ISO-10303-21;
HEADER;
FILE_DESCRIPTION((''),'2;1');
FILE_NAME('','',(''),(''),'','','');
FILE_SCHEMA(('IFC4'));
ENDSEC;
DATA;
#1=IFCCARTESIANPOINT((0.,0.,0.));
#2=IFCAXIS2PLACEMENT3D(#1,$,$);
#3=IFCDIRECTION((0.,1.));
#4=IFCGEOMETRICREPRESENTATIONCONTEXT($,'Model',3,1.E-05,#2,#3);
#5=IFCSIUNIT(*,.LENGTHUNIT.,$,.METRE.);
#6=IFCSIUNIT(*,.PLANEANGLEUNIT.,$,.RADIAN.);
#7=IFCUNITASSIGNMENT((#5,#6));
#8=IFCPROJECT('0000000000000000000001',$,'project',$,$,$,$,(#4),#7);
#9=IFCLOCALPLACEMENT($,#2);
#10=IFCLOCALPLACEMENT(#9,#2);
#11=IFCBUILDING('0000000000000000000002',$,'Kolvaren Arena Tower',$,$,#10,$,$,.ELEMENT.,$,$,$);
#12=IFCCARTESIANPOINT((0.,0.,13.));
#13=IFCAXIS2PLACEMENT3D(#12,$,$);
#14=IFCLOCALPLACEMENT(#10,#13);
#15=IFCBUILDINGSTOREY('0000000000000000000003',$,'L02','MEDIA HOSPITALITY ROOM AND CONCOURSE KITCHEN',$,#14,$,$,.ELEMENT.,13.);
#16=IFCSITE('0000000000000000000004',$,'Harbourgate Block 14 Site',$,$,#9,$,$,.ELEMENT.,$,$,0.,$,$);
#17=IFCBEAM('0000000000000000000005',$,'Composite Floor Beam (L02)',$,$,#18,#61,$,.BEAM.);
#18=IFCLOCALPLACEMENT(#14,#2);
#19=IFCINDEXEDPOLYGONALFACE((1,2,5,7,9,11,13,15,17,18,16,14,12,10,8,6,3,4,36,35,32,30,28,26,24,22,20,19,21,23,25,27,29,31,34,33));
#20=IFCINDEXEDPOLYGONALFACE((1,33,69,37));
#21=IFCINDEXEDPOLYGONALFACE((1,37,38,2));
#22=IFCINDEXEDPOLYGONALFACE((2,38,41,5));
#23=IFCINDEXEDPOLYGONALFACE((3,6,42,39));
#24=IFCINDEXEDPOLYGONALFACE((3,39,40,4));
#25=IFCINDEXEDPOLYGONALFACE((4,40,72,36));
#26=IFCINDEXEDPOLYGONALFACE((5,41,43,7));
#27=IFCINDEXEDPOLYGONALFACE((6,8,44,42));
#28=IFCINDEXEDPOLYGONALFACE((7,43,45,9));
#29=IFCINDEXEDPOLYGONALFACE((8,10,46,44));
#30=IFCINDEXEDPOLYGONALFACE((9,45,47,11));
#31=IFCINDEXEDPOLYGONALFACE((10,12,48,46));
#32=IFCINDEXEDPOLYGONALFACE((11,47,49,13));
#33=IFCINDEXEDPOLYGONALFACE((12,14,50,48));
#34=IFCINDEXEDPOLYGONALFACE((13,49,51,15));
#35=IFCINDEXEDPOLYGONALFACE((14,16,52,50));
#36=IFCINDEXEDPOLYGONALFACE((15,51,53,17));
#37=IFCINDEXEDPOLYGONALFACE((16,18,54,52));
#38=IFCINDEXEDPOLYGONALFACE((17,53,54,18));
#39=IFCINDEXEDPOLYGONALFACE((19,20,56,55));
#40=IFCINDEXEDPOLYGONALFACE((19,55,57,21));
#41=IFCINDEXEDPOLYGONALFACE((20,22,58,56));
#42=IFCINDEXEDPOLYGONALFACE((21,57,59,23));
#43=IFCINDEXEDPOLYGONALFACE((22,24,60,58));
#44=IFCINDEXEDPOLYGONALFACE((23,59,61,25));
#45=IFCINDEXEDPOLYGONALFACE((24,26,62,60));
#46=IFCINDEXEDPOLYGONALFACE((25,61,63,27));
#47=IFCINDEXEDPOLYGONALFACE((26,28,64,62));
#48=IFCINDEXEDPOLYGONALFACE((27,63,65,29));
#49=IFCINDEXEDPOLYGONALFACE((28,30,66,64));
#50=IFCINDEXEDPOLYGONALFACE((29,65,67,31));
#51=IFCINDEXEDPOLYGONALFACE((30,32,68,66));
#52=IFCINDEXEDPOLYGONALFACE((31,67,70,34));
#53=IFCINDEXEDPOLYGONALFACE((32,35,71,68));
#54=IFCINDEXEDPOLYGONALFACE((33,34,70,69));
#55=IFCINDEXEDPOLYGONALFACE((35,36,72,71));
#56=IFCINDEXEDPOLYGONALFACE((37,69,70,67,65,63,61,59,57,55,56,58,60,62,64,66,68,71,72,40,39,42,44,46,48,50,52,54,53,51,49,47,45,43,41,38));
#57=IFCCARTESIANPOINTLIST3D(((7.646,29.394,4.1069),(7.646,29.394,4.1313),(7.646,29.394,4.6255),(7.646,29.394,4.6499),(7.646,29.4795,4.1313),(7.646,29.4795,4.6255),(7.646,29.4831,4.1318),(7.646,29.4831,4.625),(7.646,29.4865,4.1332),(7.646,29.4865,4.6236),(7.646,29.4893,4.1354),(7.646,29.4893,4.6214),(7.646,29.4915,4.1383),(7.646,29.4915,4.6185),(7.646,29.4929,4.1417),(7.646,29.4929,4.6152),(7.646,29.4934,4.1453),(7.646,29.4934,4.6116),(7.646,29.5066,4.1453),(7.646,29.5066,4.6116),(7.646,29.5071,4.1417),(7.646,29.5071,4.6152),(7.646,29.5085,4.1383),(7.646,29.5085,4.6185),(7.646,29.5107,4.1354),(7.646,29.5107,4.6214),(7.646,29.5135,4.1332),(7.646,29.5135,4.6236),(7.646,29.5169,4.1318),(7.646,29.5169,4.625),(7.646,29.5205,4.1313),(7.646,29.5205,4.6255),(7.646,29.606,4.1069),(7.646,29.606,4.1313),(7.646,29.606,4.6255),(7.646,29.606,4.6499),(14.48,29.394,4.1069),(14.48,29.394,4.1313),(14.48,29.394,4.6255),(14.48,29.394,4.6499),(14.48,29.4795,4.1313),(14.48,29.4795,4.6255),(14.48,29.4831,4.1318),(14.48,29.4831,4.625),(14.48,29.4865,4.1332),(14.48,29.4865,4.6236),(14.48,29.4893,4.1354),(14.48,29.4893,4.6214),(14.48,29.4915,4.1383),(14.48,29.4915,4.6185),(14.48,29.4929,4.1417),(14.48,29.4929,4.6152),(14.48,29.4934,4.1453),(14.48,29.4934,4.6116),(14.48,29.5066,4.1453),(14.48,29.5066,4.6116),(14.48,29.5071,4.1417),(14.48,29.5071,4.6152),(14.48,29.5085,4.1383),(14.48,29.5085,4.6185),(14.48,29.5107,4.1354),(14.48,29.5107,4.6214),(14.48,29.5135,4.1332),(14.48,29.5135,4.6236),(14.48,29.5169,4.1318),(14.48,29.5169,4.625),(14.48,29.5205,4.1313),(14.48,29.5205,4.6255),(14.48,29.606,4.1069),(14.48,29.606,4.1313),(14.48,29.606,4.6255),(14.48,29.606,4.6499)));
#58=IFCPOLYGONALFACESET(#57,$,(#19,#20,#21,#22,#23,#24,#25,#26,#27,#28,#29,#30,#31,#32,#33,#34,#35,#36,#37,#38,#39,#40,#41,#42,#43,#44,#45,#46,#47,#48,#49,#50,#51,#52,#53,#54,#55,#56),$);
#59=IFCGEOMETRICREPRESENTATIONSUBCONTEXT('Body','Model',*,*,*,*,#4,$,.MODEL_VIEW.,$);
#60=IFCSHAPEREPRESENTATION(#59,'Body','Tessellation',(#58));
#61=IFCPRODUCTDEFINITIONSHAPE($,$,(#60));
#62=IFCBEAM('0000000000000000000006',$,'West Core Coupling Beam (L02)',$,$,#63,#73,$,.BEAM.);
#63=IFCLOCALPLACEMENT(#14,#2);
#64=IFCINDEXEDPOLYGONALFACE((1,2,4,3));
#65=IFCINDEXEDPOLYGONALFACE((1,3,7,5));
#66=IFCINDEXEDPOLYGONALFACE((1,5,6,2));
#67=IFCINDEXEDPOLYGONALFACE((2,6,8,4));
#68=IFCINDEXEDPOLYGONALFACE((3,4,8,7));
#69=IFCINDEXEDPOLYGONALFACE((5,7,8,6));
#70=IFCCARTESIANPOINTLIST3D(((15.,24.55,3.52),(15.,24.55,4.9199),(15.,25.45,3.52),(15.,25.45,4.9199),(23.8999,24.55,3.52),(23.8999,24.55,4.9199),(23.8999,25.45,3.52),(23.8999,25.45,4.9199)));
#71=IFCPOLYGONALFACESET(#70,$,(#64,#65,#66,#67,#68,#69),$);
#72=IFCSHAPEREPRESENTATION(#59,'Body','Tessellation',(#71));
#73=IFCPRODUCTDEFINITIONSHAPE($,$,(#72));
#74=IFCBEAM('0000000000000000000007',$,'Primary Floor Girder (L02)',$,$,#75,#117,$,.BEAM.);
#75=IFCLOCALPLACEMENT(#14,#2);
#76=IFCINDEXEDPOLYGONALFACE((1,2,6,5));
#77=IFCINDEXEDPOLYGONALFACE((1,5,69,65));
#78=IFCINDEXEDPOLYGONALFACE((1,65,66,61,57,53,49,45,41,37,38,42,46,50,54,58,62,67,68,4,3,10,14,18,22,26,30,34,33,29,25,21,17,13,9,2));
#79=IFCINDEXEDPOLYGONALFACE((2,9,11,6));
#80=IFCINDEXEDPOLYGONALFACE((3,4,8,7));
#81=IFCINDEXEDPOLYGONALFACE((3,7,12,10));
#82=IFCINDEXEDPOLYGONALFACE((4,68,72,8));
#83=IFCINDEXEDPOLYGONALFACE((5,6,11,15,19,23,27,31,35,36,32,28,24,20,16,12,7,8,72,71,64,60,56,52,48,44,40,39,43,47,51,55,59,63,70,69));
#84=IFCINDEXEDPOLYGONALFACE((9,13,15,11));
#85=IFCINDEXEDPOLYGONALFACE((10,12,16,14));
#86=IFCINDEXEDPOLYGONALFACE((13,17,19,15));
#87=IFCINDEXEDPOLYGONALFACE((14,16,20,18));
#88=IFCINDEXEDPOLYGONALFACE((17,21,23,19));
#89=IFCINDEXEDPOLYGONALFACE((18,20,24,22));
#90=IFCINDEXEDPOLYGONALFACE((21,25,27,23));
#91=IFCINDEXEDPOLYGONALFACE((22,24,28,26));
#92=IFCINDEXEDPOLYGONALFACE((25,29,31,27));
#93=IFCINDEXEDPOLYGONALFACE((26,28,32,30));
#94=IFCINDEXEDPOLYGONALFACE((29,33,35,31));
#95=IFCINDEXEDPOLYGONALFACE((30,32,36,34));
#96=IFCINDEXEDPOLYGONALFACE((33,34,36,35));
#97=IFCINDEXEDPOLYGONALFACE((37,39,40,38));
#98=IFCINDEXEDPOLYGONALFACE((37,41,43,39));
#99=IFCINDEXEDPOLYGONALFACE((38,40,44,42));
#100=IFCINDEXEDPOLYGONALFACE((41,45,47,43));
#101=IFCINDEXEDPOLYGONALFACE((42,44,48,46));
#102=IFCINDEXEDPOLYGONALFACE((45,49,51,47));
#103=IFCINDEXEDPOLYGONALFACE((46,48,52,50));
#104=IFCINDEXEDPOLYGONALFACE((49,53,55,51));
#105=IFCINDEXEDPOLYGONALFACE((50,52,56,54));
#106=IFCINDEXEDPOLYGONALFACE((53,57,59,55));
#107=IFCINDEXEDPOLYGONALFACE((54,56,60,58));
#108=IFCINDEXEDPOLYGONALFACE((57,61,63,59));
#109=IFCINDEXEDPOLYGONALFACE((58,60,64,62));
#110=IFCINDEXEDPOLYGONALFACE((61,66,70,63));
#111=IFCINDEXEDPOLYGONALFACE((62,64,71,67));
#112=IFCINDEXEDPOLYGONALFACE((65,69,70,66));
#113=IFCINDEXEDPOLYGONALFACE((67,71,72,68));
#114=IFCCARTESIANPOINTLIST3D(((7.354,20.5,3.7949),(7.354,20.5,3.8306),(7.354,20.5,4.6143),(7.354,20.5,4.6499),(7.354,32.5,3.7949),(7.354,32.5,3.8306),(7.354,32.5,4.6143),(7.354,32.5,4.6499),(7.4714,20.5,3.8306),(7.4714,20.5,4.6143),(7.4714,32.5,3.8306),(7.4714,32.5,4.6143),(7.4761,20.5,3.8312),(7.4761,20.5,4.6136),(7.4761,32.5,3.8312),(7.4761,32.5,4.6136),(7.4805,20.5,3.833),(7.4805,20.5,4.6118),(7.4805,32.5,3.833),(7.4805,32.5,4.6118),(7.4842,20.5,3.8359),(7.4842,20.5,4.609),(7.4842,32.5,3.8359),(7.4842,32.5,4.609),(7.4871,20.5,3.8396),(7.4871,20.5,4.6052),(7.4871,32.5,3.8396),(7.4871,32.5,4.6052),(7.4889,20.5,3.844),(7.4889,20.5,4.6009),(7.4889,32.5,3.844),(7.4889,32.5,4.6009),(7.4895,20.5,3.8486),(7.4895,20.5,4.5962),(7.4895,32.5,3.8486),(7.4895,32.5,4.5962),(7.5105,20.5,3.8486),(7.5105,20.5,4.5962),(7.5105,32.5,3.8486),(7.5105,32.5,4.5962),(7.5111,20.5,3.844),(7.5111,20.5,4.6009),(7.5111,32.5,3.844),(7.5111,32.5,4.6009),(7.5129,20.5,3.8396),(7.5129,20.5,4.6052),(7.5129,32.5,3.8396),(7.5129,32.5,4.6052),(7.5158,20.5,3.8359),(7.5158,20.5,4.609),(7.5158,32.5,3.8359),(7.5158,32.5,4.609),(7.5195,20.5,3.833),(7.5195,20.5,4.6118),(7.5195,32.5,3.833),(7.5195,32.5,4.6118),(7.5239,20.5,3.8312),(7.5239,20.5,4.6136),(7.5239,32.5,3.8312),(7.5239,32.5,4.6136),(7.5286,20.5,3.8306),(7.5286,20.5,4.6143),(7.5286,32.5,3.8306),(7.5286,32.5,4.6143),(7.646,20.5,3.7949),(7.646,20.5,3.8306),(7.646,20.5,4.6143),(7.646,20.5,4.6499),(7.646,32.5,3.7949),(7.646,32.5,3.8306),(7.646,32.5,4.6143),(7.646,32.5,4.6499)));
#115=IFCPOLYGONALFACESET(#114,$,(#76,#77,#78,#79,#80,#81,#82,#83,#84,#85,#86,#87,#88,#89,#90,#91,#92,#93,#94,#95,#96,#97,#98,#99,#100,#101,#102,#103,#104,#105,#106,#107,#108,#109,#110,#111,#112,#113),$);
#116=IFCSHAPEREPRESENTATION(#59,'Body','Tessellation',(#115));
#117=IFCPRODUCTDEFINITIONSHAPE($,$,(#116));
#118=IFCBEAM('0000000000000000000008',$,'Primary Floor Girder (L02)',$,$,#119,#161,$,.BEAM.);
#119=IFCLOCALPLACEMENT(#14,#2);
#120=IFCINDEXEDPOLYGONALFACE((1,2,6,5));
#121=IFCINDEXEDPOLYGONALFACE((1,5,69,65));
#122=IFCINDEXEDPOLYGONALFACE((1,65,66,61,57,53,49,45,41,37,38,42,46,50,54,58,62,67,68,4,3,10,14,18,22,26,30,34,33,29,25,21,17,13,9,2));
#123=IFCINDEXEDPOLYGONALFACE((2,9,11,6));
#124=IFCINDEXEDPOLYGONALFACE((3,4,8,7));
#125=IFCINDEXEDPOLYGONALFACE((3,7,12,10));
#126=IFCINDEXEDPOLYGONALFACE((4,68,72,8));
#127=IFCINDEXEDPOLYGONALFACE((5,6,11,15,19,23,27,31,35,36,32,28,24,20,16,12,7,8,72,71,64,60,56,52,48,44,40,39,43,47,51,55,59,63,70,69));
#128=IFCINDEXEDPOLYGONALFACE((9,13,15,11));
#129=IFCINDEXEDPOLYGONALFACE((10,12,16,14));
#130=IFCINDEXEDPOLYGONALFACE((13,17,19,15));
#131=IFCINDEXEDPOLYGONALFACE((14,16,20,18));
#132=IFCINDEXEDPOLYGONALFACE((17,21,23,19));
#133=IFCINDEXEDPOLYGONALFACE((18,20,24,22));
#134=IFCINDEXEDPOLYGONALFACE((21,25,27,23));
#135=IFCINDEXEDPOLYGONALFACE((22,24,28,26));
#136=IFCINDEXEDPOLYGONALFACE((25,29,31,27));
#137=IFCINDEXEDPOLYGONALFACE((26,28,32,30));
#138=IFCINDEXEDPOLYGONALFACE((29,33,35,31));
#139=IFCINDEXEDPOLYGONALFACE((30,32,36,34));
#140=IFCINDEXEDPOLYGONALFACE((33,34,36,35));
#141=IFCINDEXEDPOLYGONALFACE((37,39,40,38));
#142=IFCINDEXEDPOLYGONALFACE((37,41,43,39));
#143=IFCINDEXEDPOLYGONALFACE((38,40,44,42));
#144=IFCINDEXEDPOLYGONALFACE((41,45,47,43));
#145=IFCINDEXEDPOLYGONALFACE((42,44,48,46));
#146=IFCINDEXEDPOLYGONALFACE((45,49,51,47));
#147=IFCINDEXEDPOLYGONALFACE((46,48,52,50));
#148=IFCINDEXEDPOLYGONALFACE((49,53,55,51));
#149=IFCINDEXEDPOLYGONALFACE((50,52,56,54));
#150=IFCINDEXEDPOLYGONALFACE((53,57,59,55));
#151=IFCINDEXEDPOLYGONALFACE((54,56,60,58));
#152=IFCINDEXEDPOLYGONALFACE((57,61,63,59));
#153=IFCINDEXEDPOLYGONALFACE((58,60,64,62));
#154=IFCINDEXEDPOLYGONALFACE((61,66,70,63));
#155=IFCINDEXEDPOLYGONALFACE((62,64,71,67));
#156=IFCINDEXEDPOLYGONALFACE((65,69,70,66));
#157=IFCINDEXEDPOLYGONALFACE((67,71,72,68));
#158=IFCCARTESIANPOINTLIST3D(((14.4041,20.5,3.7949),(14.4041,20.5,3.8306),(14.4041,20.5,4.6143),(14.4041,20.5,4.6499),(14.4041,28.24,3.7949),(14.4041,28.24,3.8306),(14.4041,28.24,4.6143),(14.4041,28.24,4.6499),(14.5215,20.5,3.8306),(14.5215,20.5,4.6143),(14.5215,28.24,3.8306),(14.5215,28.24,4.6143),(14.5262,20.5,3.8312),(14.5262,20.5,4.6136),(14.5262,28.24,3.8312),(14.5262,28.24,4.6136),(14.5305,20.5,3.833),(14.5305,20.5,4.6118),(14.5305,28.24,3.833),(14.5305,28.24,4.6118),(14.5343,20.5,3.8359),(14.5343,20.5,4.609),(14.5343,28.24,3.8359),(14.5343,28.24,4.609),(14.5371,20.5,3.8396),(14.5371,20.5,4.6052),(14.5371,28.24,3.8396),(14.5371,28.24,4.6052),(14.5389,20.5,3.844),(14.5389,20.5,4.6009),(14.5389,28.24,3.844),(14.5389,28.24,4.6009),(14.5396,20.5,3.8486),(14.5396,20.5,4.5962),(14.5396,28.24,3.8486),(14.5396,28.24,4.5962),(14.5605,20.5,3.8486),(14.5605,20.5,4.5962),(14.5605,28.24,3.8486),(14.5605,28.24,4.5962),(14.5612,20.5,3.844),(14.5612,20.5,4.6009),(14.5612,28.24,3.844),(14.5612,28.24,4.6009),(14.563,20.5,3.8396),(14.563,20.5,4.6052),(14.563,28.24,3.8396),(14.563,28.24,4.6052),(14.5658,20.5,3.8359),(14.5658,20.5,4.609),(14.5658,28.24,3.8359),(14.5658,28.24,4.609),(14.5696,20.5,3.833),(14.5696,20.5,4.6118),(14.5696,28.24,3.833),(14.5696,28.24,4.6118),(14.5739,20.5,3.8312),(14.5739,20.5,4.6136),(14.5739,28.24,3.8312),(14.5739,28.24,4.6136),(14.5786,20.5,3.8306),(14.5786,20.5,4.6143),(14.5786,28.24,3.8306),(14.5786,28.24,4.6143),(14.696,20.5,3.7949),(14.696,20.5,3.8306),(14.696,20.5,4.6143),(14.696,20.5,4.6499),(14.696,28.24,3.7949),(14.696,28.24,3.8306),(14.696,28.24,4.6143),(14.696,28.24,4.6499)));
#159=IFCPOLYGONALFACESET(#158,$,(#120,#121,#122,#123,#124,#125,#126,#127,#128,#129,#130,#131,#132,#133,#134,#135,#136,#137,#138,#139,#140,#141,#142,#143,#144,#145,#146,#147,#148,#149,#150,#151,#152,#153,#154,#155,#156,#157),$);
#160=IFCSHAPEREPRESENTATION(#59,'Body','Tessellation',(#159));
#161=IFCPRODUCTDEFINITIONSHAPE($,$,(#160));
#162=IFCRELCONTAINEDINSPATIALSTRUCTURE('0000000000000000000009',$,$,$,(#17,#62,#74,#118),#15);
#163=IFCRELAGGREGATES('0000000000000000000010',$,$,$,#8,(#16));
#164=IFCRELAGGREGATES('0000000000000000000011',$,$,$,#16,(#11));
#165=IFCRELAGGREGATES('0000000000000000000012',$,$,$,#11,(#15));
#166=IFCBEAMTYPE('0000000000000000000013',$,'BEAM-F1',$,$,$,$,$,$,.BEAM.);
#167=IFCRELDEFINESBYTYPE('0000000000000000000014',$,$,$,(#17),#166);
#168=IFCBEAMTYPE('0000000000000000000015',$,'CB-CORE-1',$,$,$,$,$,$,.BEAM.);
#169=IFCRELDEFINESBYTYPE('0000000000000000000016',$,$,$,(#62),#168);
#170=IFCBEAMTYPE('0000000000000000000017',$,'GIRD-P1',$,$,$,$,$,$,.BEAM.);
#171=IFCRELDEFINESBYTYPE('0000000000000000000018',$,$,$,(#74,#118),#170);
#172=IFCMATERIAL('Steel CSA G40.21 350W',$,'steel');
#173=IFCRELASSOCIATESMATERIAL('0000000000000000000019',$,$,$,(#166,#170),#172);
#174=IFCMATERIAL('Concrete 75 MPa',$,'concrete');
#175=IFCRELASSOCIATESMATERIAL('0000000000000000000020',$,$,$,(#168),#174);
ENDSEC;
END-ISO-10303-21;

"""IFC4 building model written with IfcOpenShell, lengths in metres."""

from ifc_helpers import new_model, si_unit, direction, frame, origin, origin_2d, place, context, subcontext, project, spatial, rectangle, i_section, extrude, material, material_profile, profile_set, type_object, element, save


model = new_model("IFC4")

# Units and contexts
model_context = context("Model", 3, precision=1e-05, world=origin(), true_north=direction((0.0, 1.0)))
body_context = subcontext(model_context, "Body", "Model", "MODEL_VIEW")
ifc_project = project(units=[si_unit("LENGTHUNIT", "METRE"), si_unit("PLANEANGLEUNIT", "RADIAN")], contexts=[model_context])

# Site, building, storey
site_placement = place(None, origin())
site = spatial("IfcSite", under=ifc_project, at=site_placement, Name="Harbourgate Block 14 Site", CompositionType="ELEMENT", RefElevation=0.0)
building_placement = place(site_placement, origin())
building = spatial("IfcBuilding", under=site, at=building_placement, Name="Kolvaren Arena Tower", CompositionType="ELEMENT")
storey_placement = place(building_placement, frame((0.0, 0.0, 13.0)))
storey = spatial("IfcBuildingStorey", under=building, at=storey_placement, Name="L02", Description="MEDIA HOSPITALITY ROOM AND CONCOURSE KITCHEN", CompositionType="ELEMENT", Elevation=13.0)

# Beams
ifc_material_1 = material(Name="Steel CSA G40.21 350W", Category="steel")
ifc_material_profile_1 = material_profile(ifc_material_1, i_section(OverallWidth=0.2119, OverallDepth=0.543, WebThickness=0.0132, FlangeThickness=0.0244, FilletRadius=0.0139, at=origin_2d()), Name="W530x150")
ifc_profile_set_1 = profile_set([ifc_material_profile_1], Name="Steel CSA G40.21 350W")
beam_type_1 = type_object("IfcBeamType", Name="BEAM-F1", PredefinedType="BEAM", material=ifc_profile_set_1)
beam_1_placement = place(storey_placement, frame((7.646, 29.5, 4.3784), z_axis=(1.0, 0.0, 0.0), x_axis=(0.0, 1.0, 0.0)))
element("IfcBeam", 1, at=beam_1_placement, inside=storey, type_object=beam_type_1, Name="Composite Floor Beam (L02)", PredefinedType="BEAM", context=body_context, shape_type="SweptSolid", body=[
    extrude(i_section(OverallWidth=0.2119, OverallDepth=0.543, WebThickness=0.0132, FlangeThickness=0.0244, FilletRadius=0.0139, at=origin_2d()), origin(), (0.0, 0.0, 1.0), 6.834),
])
ifc_material_2 = material(Name="Concrete 75 MPa", Category="concrete")
ifc_material_profile_2 = material_profile(ifc_material_2, rectangle(XDim=0.8999, YDim=1.3999, at=origin_2d()), Name="RC-900x1400")
ifc_profile_set_2 = profile_set([ifc_material_profile_2], Name="Concrete 75 MPa")
beam_type_2 = type_object("IfcBeamType", Name="CB-CORE-1", PredefinedType="BEAM", material=ifc_profile_set_2)
beam_2_placement = place(storey_placement, frame((15.0, 25.0, 4.22), z_axis=(1.0, 0.0, 0.0), x_axis=(0.0, 1.0, 0.0)))
element("IfcBeam", 2, at=beam_2_placement, inside=storey, type_object=beam_type_2, Name="West Core Coupling Beam (L02)", PredefinedType="BEAM", context=body_context, shape_type="SweptSolid", body=[
    extrude(rectangle(XDim=0.8999, YDim=1.3999, at=origin_2d()), origin(), (0.0, 0.0, 1.0), 8.8999),
])
ifc_material_profile_3 = material_profile(ifc_material_1, i_section(OverallWidth=0.292, OverallDepth=0.855, WebThickness=0.021, FlangeThickness=0.0356, FilletRadius=0.0181, at=origin_2d()), Name="W840x299")
ifc_profile_set_3 = profile_set([ifc_material_profile_3], Name="Steel CSA G40.21 350W")
beam_type_3 = type_object("IfcBeamType", Name="GIRD-P1", PredefinedType="BEAM", material=ifc_profile_set_3)
beam_3_placement = place(storey_placement, frame((7.5, 20.5, 4.2224), z_axis=(0.0, 1.0, 0.0), x_axis=(-1.0, 0.0, 0.0)))
element("IfcBeam", 3, at=beam_3_placement, inside=storey, type_object=beam_type_3, Name="Primary Floor Girder (L02)", PredefinedType="BEAM", context=body_context, shape_type="SweptSolid", body=[
    extrude(i_section(OverallWidth=0.292, OverallDepth=0.855, WebThickness=0.021, FlangeThickness=0.0356, FilletRadius=0.0181, at=origin_2d()), origin(), (0.0, 0.0, 1.0), 12.0),
])
beam_4_placement = place(storey_placement, frame((14.55, 20.5, 4.2224), z_axis=(0.0, 1.0, 0.0), x_axis=(-1.0, 0.0, 0.0)))
element("IfcBeam", 4, at=beam_4_placement, inside=storey, type_object=beam_type_3, Name="Primary Floor Girder (L02)", PredefinedType="BEAM", context=body_context, shape_type="SweptSolid", body=[
    extrude(i_section(OverallWidth=0.292, OverallDepth=0.855, WebThickness=0.021, FlangeThickness=0.0356, FilletRadius=0.0181, at=origin_2d()), origin(), (0.0, 0.0, 1.0), 7.74),
])

save(model, "model.ifc")
